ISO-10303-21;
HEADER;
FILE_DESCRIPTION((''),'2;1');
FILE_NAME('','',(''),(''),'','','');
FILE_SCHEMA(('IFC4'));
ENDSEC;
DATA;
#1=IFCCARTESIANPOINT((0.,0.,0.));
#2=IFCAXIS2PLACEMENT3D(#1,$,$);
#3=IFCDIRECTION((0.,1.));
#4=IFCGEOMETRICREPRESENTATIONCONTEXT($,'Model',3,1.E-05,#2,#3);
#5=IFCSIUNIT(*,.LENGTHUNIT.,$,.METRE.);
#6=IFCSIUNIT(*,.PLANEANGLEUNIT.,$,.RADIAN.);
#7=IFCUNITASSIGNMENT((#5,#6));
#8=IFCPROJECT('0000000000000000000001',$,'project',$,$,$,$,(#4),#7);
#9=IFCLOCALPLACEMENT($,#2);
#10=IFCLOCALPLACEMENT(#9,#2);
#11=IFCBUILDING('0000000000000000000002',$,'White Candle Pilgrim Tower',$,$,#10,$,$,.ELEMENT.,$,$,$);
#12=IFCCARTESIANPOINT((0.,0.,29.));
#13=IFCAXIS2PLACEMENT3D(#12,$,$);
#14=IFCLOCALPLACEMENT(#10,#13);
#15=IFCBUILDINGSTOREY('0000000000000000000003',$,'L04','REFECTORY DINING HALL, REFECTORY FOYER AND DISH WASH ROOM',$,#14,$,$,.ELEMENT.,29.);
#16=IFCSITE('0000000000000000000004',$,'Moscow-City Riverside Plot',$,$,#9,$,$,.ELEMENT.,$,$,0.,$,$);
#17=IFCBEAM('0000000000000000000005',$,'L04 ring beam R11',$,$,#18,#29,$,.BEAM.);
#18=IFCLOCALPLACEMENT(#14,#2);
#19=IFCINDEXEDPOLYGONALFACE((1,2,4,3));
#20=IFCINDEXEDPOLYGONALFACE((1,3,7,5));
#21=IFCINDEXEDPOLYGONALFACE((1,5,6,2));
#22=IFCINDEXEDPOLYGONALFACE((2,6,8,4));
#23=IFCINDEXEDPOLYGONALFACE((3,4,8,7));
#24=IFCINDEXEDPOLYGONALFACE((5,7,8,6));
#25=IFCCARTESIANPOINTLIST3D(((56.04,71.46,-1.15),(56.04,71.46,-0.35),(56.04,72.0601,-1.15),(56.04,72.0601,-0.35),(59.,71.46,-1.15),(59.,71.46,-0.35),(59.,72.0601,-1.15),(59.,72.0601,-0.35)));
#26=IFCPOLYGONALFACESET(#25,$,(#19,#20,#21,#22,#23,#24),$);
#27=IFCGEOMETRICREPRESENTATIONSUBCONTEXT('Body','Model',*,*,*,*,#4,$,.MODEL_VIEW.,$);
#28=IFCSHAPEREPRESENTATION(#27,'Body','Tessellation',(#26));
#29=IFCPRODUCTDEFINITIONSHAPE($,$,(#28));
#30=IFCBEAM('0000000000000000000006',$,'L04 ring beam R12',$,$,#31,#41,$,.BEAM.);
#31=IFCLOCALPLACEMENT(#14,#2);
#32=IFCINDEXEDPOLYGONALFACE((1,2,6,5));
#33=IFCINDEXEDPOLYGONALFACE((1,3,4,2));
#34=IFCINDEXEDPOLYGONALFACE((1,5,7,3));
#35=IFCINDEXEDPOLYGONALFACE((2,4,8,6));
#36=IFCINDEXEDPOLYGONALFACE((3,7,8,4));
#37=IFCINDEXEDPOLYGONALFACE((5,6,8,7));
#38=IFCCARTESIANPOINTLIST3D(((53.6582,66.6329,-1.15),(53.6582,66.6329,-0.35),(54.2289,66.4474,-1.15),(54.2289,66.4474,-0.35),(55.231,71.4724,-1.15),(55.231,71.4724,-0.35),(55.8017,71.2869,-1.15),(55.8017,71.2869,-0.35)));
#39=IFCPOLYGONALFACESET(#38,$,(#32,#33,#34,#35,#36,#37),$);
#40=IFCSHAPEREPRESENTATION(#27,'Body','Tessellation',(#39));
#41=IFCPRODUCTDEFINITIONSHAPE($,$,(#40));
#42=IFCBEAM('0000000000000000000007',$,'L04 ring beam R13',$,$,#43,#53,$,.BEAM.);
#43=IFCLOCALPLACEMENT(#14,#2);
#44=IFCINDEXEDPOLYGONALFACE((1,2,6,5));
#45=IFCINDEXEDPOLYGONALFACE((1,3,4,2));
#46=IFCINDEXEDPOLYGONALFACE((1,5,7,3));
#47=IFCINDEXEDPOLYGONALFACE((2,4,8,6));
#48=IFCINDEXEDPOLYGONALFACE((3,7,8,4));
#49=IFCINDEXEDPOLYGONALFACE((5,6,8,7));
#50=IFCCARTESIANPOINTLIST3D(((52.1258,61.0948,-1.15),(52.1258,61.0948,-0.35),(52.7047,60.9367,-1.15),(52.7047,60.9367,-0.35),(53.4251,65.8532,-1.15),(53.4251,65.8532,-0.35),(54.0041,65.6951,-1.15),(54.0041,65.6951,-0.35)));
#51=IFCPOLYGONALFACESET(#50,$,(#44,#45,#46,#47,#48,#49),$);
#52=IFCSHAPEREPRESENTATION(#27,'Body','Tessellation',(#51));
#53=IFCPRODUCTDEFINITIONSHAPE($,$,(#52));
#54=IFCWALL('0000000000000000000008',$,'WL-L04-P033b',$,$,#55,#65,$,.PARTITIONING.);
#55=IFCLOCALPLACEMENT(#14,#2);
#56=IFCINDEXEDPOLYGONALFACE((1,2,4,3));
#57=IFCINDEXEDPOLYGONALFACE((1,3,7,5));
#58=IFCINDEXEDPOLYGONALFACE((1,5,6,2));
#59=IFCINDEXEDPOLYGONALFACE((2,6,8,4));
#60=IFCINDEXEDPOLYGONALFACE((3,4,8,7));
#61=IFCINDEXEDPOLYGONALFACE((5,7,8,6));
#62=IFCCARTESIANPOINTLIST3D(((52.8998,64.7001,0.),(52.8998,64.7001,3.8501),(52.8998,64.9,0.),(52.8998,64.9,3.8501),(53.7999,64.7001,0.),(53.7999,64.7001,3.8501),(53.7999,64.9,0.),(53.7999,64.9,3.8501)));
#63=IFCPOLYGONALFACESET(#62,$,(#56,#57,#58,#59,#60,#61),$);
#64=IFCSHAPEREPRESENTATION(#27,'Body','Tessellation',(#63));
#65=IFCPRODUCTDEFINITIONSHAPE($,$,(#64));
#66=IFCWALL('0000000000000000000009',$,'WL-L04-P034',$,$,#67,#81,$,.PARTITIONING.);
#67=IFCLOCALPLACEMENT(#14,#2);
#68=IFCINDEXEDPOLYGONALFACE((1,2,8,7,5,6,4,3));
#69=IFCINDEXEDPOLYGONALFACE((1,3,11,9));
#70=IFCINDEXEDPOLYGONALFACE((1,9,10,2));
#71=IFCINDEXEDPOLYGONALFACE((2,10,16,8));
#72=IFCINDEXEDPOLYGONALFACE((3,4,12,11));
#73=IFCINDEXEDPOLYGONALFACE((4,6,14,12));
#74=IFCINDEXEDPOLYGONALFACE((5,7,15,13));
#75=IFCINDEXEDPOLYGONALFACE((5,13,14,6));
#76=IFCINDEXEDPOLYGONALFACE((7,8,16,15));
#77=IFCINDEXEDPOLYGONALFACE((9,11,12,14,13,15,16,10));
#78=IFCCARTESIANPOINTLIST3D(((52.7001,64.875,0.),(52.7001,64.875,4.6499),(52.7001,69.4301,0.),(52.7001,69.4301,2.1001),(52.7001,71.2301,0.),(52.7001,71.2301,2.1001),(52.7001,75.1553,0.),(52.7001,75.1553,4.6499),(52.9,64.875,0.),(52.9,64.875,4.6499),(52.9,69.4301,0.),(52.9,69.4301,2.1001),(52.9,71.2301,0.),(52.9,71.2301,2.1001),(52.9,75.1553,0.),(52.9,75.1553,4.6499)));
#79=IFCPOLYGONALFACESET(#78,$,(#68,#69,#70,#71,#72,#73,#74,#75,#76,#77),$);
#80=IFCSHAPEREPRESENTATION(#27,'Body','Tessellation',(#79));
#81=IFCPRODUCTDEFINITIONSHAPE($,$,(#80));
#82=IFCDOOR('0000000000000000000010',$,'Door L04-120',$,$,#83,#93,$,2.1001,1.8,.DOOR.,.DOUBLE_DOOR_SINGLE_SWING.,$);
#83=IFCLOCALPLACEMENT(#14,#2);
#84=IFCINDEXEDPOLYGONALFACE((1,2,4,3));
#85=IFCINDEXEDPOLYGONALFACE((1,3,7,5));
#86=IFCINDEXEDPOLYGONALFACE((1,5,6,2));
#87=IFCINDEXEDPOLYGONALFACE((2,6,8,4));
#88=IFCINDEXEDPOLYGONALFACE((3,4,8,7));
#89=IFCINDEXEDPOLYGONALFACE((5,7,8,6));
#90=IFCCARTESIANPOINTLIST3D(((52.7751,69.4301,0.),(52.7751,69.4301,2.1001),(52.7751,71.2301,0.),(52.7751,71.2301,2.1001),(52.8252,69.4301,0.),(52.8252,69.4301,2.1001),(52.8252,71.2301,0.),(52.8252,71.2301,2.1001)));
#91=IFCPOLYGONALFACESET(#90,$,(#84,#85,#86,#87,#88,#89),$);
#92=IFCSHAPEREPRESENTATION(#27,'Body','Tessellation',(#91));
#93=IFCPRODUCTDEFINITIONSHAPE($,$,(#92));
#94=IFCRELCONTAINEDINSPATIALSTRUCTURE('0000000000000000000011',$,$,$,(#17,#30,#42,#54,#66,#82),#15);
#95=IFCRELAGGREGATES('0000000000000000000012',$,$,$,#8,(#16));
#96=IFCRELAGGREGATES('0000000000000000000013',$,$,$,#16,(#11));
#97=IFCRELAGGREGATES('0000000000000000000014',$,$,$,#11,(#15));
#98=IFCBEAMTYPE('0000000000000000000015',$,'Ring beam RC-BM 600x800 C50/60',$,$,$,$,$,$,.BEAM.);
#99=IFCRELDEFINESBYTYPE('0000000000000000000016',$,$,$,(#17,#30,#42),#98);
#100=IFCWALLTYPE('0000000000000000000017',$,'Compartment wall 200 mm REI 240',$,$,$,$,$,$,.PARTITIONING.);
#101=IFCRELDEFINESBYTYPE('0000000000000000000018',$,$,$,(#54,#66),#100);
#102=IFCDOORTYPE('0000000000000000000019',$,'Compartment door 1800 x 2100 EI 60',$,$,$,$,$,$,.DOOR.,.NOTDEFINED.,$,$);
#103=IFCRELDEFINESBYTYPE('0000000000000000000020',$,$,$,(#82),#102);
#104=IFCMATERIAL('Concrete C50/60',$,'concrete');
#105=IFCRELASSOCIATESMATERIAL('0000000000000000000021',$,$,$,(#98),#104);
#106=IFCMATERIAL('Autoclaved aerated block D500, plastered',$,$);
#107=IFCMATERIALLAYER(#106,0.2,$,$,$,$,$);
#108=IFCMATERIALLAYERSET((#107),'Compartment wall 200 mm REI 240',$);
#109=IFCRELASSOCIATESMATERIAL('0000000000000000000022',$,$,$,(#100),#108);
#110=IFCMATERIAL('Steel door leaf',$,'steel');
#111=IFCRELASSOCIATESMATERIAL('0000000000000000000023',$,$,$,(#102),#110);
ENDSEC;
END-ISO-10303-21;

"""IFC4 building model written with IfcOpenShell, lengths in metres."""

from ifc_helpers import new_model, si_unit, direction, frame, frame_2d, origin, origin_2d, place, context, subcontext, project, spatial, rectangle, extrude, material, layer, layer_set, material_profile, profile_set, type_object, element, fill, save


model = new_model("IFC4")

# Units and contexts
model_context = context("Model", 3, precision=1e-05, world=origin(), true_north=direction((0.0, 1.0)))
body_context = subcontext(model_context, "Body", "Model", "MODEL_VIEW")
ifc_project = project(units=[si_unit("LENGTHUNIT", "METRE"), si_unit("PLANEANGLEUNIT", "RADIAN")], contexts=[model_context])

# Site, building, storey
site_placement = place(None, origin())
site = spatial("IfcSite", under=ifc_project, at=site_placement, Name="Moscow-City Riverside Plot", CompositionType="ELEMENT", RefElevation=0.0)
building_placement = place(site_placement, origin())
building = spatial("IfcBuilding", under=site, at=building_placement, Name="White Candle Pilgrim Tower", CompositionType="ELEMENT")
storey_placement = place(building_placement, frame((0.0, 0.0, 29.0)))
storey = spatial("IfcBuildingStorey", under=building, at=storey_placement, Name="L04", Description="REFECTORY DINING HALL, REFECTORY FOYER AND DISH WASH ROOM", CompositionType="ELEMENT", Elevation=29.0)

# Beams
ifc_material_1 = material(Name="Concrete C50/60", Category="concrete")
ifc_material_profile_1 = material_profile(ifc_material_1, rectangle(XDim=0.6001, YDim=0.8, at=origin_2d()), Name="RC-BM 600x800")
ifc_profile_set_1 = profile_set([ifc_material_profile_1], Name="Concrete C50/60")
beam_type = type_object("IfcBeamType", Name="Ring beam RC-BM 600x800 C50/60", PredefinedType="BEAM", material=ifc_profile_set_1)
beam_1_placement = place(storey_placement, frame((56.04, 71.76, -0.75), z_axis=(1.0, 0.0, 0.0), x_axis=(0.0, 1.0, 0.0)))
element("IfcBeam", 1, at=beam_1_placement, inside=storey, type_object=beam_type, Name="L04 ring beam R11", PredefinedType="BEAM", context=body_context, shape_type="SweptSolid", body=[
    extrude(rectangle(XDim=0.6001, YDim=0.8, at=origin_2d()), origin(), (0.0, 0.0, 1.0), 2.96),
])
beam_2_placement = place(storey_placement, frame((55.5164, 71.3796, -0.75), z_axis=(-0.30908, -0.951036, 0.0), x_axis=(0.951036, -0.30908, 0.0)))
element("IfcBeam", 2, at=beam_2_placement, inside=storey, type_object=beam_type, Name="L04 ring beam R12", PredefinedType="BEAM", context=body_context, shape_type="SweptSolid", body=[
    extrude(rectangle(XDim=0.6001, YDim=0.8, at=origin_2d()), origin(), (0.0, 0.0, 1.0), 5.0886),
])
beam_3_placement = place(storey_placement, frame((53.7146, 65.7742, -0.75), z_axis=(-0.263419, -0.964682, 0.0), x_axis=(0.964682, -0.263419, 0.0)))
element("IfcBeam", 3, at=beam_3_placement, inside=storey, type_object=beam_type, Name="L04 ring beam R13", PredefinedType="BEAM", context=body_context, shape_type="SweptSolid", body=[
    extrude(rectangle(XDim=0.6001, YDim=0.8, at=origin_2d()), origin(), (0.0, 0.0, 1.0), 4.9326),
])

# Wall
ifc_material_2 = material(Name="Autoclaved aerated block D500, plastered")
ifc_layer_1 = layer(ifc_material_2, 0.2)
ifc_layer_set_1 = layer_set([ifc_layer_1], Name="Compartment wall 200 mm REI 240")
wall_type_1 = type_object("IfcWallType", Name="Compartment wall 200 mm REI 240", PredefinedType="PARTITIONING", material=ifc_layer_set_1)
wall_1_placement = place(storey_placement, frame((53.8, 64.8, 0.0), z_axis=(0.0, 0.0, 1.0), x_axis=(-1.0, 0.0, 0.0)))
element("IfcWall", 4, at=wall_1_placement, inside=storey, type_object=wall_type_1, Name="WL-L04-P033b", PredefinedType="PARTITIONING", context=body_context, shape_type="SweptSolid", body=[
    extrude(rectangle(XDim=0.9001, YDim=0.2, at=frame_2d((0.4502, 0.0))), origin(), (0.0, 0.0, 1.0), 3.8501),
])

# Wall, opening, door
wall_2_placement = place(storey_placement, frame((52.8, 64.875, 0.0), z_axis=(0.0, 0.0, 1.0), x_axis=(0.0, 1.0, 0.0)))
wall_2 = element("IfcWall", 5, at=wall_2_placement, inside=storey, type_object=wall_type_1, Name="WL-L04-P034", PredefinedType="PARTITIONING", context=body_context, shape_type="SweptSolid", body=[
    extrude(rectangle(XDim=10.2803, YDim=0.2, at=frame_2d((5.1401, 0.0))), origin(), (0.0, 0.0, 1.0), 4.6499),
])
opening_1_placement = place(wall_2_placement, frame((4.5552, 0.0, 0.0)))
opening_1 = element("IfcOpeningElement", 6, at=opening_1_placement, cuts=wall_2, PredefinedType="OPENING", context=body_context, shape_type="SweptSolid", body=[
    extrude(rectangle(XDim=1.8, YDim=2.1001, at=frame_2d((0.8999, 1.05))), frame((0.0, 0.1099, 0.0), z_axis=(0.0, -1.0, 0.0), x_axis=(1.0, 0.0, 0.0)), (0.0, 0.0, 1.0), 0.22),
])
ifc_material_3 = material(Name="Steel door leaf", Category="steel")
door_type_1 = type_object("IfcDoorType", Name="Compartment door 1800 x 2100 EI 60", OperationType="NOTDEFINED", PredefinedType="DOOR", material=ifc_material_3)
door_1_placement = place(opening_1_placement, origin())
door_1 = element("IfcDoor", 7, at=door_1_placement, inside=storey, type_object=door_type_1, Name="Door L04-120", OperationType="DOUBLE_DOOR_SINGLE_SWING", OverallHeight=2.1001, OverallWidth=1.8, PredefinedType="DOOR", context=body_context, shape_type="SweptSolid", body=[
    extrude(rectangle(XDim=1.8, YDim=2.1001, at=frame_2d((0.8999, 1.05))), frame((0.0, 0.0249, 0.0), z_axis=(0.0, -1.0, 0.0), x_axis=(1.0, 0.0, 0.0)), (0.0, 0.0, 1.0), 0.05),
])
fill(opening_1, door_1)

save(model, "model.ifc")
